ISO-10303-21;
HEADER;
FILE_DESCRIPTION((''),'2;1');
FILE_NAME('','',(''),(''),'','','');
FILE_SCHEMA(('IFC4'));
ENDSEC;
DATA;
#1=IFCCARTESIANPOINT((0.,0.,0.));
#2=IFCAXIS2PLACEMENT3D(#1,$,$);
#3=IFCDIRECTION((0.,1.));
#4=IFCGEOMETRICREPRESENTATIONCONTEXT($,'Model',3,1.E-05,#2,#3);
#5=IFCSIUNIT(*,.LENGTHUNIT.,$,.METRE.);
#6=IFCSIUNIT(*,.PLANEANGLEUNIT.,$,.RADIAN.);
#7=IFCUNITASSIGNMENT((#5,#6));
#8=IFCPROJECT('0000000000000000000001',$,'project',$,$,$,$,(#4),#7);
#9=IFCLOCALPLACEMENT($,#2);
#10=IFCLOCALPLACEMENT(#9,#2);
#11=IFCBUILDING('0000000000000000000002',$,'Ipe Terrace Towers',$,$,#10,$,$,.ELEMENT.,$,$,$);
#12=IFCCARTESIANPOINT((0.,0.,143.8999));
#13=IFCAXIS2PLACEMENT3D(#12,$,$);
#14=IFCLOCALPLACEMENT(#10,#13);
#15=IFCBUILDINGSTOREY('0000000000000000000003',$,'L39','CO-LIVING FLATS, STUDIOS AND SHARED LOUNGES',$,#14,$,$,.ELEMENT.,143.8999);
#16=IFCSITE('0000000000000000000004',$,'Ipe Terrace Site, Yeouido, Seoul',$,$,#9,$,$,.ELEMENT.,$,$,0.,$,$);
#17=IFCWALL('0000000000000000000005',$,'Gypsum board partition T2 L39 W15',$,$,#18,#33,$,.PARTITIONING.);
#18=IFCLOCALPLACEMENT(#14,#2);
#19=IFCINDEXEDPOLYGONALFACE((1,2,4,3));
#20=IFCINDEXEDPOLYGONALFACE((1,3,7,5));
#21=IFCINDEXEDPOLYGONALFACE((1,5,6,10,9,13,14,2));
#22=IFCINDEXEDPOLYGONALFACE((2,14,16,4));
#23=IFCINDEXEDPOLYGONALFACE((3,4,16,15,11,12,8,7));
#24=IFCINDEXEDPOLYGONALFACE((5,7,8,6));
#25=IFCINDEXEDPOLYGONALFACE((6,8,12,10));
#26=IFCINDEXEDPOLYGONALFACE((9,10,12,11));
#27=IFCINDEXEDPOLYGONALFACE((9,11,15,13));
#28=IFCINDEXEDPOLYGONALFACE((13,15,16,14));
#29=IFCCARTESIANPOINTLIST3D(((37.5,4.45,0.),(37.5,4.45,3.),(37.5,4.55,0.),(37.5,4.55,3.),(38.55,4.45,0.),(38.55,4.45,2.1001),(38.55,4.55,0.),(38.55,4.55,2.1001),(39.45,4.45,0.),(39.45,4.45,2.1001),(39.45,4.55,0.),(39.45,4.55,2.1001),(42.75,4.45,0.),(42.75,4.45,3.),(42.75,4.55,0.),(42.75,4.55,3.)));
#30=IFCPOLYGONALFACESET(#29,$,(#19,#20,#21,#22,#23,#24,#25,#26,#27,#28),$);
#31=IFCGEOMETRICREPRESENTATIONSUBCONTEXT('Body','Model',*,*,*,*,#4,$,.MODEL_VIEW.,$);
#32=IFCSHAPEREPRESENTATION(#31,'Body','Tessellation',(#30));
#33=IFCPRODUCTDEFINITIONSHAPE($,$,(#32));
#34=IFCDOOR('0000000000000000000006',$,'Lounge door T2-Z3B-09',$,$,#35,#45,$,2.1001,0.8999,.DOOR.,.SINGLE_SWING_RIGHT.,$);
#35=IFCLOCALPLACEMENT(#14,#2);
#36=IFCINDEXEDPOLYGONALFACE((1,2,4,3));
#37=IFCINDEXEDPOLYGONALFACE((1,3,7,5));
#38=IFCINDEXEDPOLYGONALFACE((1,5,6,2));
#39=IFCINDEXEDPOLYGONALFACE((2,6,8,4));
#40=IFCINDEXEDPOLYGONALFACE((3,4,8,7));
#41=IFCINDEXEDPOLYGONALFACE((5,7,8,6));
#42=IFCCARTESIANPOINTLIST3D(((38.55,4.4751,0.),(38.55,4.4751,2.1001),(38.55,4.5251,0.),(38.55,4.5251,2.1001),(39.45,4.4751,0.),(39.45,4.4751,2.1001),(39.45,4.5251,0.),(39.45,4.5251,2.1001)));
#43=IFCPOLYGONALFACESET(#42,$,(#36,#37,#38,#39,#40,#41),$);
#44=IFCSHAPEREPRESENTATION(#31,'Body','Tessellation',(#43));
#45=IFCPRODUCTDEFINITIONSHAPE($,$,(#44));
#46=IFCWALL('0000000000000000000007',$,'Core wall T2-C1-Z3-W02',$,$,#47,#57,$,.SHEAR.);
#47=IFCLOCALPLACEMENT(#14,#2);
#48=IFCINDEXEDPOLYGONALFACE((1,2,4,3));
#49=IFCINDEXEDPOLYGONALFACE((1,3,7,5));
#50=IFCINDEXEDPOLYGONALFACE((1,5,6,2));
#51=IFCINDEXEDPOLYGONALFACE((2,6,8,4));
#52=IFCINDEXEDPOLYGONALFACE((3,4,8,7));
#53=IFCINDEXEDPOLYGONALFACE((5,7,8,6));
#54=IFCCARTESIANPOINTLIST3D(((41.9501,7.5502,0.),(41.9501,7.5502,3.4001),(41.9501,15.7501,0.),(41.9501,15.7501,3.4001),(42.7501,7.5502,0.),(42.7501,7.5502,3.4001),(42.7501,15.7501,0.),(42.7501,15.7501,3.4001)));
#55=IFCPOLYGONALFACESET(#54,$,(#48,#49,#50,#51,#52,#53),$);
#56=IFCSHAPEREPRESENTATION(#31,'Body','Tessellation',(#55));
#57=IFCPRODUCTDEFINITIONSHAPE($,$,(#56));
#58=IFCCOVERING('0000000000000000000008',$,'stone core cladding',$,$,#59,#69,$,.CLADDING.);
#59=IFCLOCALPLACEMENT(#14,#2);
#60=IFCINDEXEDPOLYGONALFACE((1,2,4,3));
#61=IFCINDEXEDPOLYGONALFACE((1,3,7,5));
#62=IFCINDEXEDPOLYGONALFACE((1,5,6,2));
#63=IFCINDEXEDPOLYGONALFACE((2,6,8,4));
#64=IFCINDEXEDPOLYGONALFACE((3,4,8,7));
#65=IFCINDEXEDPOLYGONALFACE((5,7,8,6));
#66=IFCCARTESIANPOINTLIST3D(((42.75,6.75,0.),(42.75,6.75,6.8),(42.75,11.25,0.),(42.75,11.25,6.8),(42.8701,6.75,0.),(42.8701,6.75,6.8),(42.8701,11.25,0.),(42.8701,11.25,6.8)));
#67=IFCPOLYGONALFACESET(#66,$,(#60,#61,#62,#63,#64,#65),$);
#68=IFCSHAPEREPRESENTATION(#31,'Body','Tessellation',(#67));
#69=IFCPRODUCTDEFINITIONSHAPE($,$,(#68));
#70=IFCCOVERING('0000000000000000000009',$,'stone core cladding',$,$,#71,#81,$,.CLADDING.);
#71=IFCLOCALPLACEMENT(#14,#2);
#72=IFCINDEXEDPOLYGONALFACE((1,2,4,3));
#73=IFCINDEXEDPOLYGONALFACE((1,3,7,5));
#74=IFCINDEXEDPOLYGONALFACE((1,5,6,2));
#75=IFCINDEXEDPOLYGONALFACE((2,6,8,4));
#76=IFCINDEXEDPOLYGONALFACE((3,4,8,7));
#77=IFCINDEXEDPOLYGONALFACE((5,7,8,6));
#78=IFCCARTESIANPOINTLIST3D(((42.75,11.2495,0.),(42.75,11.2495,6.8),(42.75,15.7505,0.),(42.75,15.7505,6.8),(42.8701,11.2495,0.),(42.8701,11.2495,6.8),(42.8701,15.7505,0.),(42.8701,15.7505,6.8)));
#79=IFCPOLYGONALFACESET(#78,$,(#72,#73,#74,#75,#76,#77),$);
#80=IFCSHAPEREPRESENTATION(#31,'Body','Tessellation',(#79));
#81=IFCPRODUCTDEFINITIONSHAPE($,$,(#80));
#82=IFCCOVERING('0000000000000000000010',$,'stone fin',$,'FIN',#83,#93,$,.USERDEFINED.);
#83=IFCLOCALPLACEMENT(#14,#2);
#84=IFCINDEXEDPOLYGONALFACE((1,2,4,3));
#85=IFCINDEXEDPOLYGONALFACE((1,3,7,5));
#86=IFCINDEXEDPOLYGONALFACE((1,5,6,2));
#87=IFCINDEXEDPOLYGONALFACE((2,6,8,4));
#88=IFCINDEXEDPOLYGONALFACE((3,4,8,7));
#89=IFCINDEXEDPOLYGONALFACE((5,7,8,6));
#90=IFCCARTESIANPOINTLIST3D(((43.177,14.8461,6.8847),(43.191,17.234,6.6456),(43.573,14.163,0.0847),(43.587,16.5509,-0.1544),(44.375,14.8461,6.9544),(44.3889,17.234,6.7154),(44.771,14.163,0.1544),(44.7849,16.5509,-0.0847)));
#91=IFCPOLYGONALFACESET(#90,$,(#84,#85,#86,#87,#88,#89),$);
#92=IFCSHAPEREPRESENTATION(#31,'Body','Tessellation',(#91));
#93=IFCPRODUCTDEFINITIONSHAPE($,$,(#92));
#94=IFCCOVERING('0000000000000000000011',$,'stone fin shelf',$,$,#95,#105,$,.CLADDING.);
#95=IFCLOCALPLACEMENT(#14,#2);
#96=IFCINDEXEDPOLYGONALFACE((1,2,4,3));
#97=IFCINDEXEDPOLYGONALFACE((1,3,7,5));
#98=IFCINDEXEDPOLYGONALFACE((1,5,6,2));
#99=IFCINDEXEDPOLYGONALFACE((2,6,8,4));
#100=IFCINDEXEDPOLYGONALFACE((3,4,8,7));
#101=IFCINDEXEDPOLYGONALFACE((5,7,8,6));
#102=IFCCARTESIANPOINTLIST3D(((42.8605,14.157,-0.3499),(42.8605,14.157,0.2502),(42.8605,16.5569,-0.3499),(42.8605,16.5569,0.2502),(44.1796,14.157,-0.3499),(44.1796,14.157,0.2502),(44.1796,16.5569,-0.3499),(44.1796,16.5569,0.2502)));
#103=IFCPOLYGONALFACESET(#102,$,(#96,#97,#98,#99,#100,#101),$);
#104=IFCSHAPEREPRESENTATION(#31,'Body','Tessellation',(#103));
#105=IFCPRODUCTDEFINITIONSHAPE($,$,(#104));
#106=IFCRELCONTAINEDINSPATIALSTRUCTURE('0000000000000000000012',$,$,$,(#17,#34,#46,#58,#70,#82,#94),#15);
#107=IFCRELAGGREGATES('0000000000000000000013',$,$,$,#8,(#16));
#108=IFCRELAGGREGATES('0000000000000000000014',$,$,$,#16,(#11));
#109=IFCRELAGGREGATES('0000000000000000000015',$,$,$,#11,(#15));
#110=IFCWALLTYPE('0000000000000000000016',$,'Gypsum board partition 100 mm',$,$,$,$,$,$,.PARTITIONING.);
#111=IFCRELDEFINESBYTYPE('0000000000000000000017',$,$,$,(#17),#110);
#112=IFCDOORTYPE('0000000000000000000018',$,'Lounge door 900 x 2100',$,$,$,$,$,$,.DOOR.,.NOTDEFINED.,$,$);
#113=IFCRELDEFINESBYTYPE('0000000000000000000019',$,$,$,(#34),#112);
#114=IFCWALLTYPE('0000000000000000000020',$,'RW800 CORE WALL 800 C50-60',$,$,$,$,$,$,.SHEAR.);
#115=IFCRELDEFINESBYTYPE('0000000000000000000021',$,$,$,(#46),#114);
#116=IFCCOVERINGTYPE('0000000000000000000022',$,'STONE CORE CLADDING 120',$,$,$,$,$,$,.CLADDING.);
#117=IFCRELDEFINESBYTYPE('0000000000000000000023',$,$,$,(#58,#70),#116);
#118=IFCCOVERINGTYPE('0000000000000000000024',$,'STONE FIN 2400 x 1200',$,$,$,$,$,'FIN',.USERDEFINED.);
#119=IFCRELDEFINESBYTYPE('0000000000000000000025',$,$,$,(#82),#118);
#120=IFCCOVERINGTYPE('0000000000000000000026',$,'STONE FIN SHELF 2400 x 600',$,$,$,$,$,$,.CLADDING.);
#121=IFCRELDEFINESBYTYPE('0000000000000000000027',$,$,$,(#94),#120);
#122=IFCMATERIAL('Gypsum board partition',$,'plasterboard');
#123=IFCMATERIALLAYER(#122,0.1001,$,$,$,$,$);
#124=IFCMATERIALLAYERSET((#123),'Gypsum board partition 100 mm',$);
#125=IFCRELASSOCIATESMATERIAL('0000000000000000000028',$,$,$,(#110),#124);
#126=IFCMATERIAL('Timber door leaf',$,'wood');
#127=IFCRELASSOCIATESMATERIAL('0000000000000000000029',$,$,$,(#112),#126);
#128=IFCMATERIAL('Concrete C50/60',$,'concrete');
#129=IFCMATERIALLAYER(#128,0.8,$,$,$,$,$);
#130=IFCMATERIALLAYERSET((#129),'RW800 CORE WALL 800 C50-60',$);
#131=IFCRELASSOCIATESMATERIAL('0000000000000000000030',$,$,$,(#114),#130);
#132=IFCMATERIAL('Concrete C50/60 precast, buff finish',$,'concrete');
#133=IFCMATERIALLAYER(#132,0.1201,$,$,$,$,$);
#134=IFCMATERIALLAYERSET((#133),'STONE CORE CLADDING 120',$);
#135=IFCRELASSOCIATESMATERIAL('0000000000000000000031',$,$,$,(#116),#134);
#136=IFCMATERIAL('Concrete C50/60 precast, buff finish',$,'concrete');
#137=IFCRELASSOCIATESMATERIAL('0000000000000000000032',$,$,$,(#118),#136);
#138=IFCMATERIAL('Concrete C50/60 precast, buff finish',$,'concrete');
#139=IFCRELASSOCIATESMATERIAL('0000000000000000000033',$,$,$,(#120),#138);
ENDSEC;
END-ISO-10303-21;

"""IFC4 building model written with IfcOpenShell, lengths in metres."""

from ifc_helpers import new_model, si_unit, direction, frame, frame_2d, origin, origin_2d, place, context, subcontext, project, spatial, rectangle, extrude, material, layer, layer_set, material_profile, profile_set, type_object, element, fill, save


model = new_model("IFC4")

# Units and contexts
model_context = context("Model", 3, precision=1e-05, world=origin(), true_north=direction((0.0, 1.0)))
body_context = subcontext(model_context, "Body", "Model", "MODEL_VIEW")
ifc_project = project(units=[si_unit("LENGTHUNIT", "METRE"), si_unit("PLANEANGLEUNIT", "RADIAN")], contexts=[model_context])

# Site, building, storey
site_placement = place(None, origin())
site = spatial("IfcSite", under=ifc_project, at=site_placement, Name="Ipe Terrace Site, Yeouido, Seoul", CompositionType="ELEMENT", RefElevation=0.0)
building_placement = place(site_placement, origin())
building = spatial("IfcBuilding", under=site, at=building_placement, Name="Ipe Terrace Towers", CompositionType="ELEMENT")
storey_placement = place(building_placement, frame((0.0, 0.0, 143.8999)))
storey = spatial("IfcBuildingStorey", under=building, at=storey_placement, Name="L39", Description="CO-LIVING FLATS, STUDIOS AND SHARED LOUNGES", CompositionType="ELEMENT", Elevation=143.8999)

# Wall, opening, door
ifc_material_1 = material(Name="Gypsum board partition", Category="plasterboard")
ifc_layer_1 = layer(ifc_material_1, 0.1001)
ifc_layer_set_1 = layer_set([ifc_layer_1], Name="Gypsum board partition 100 mm")
wall_type_1 = type_object("IfcWallType", Name="Gypsum board partition 100 mm", PredefinedType="PARTITIONING", material=ifc_layer_set_1)
wall_1_placement = place(storey_placement, frame((42.75, 4.5, 0.0), z_axis=(0.0, 0.0, 1.0), x_axis=(-1.0, 0.0, 0.0)))
wall_1 = element("IfcWall", 1, at=wall_1_placement, inside=storey, type_object=wall_type_1, Name="Gypsum board partition T2 L39 W15", PredefinedType="PARTITIONING", context=body_context, shape_type="SweptSolid", body=[
    extrude(rectangle(XDim=5.25, YDim=0.1001, at=frame_2d((2.625, 0.0))), origin(), (0.0, 0.0, 1.0), 3.0),
])
opening_placement = place(wall_1_placement, frame((3.3, 0.0, 0.0)))
opening = element("IfcOpeningElement", 2, at=opening_placement, cuts=wall_1, PredefinedType="OPENING", context=body_context, shape_type="SweptSolid", body=[
    extrude(rectangle(XDim=0.8999, YDim=2.1001, at=frame_2d((0.45, 1.05))), frame((0.0, 0.0601, 0.0), z_axis=(0.0, -1.0, 0.0), x_axis=(1.0, 0.0, 0.0)), (0.0, 0.0, 1.0), 0.1201),
])
ifc_material_2 = material(Name="Timber door leaf", Category="wood")
door_type = type_object("IfcDoorType", Name="Lounge door 900 x 2100", OperationType="NOTDEFINED", PredefinedType="DOOR", material=ifc_material_2)
door_placement = place(opening_placement, origin())
door = element("IfcDoor", 3, at=door_placement, inside=storey, type_object=door_type, Name="Lounge door T2-Z3B-09", OperationType="SINGLE_SWING_RIGHT", OverallHeight=2.1001, OverallWidth=0.8999, PredefinedType="DOOR", context=body_context, shape_type="SweptSolid", body=[
    extrude(rectangle(XDim=0.8999, YDim=2.1001, at=frame_2d((0.45, 1.05))), frame((0.0, 0.0249, 0.0), z_axis=(0.0, -1.0, 0.0), x_axis=(1.0, 0.0, 0.0)), (0.0, 0.0, 1.0), 0.05),
])
fill(opening, door)

# Wall
ifc_material_3 = material(Name="Concrete C50/60", Category="concrete")
ifc_layer_2 = layer(ifc_material_3, 0.8)
ifc_layer_set_2 = layer_set([ifc_layer_2], Name="RW800 CORE WALL 800 C50-60")
wall_type_2 = type_object("IfcWallType", Name="RW800 CORE WALL 800 C50-60", PredefinedType="SHEAR", material=ifc_layer_set_2)
wall_2_placement = place(storey_placement, frame((42.3501, 7.55, 0.0), z_axis=(0.0, 0.0, 1.0), x_axis=(0.0, 1.0, 0.0)))
element("IfcWall", 4, at=wall_2_placement, inside=storey, type_object=wall_type_2, Name="Core wall T2-C1-Z3-W02", PredefinedType="SHEAR", context=body_context, shape_type="SweptSolid", body=[
    extrude(rectangle(XDim=8.2, YDim=0.8, at=frame_2d((4.1001, 0.0))), origin(), (0.0, 0.0, 1.0), 3.4001),
])

# Coverings
ifc_material_4 = material(Name="Concrete C50/60 precast, buff finish", Category="concrete")
ifc_layer_3 = layer(ifc_material_4, 0.1201)
ifc_layer_set_3 = layer_set([ifc_layer_3], Name="STONE CORE CLADDING 120")
covering_type_1 = type_object("IfcCoveringType", Name="STONE CORE CLADDING 120", PredefinedType="CLADDING", material=ifc_layer_set_3)
covering_1_placement = place(storey_placement, frame((42.8101, 9.0, 0.0), z_axis=(0.0, 0.0, 1.0), x_axis=(0.0, 1.0, 0.0)))
element("IfcCovering", 5, at=covering_1_placement, inside=storey, type_object=covering_type_1, Name="stone core cladding", PredefinedType="CLADDING", context=body_context, shape_type="SweptSolid", body=[
    extrude(rectangle(XDim=4.5, YDim=0.1201, at=origin_2d()), origin(), (0.0, 0.0, 1.0), 6.8),
])
covering_2_placement = place(storey_placement, frame((42.8101, 13.5, 0.0), z_axis=(0.0, 0.0, 1.0), x_axis=(0.0, 1.0, 0.0)))
element("IfcCovering", 6, at=covering_2_placement, inside=storey, type_object=covering_type_1, Name="stone core cladding", PredefinedType="CLADDING", context=body_context, shape_type="SweptSolid", body=[
    extrude(rectangle(XDim=4.501, YDim=0.1201, at=origin_2d()), origin(), (0.0, 0.0, 1.0), 6.8),
])
ifc_material_5 = material(Name="Concrete C50/60 precast, buff finish", Category="concrete")
ifc_material_profile_1 = material_profile(ifc_material_5, rectangle(XDim=2.3999, YDim=1.2, at=origin_2d()), Name="STONE FIN 2400 x 1200")
ifc_profile_set_1 = profile_set([ifc_material_profile_1], Name="Concrete C50/60 precast, buff finish")
covering_type_2 = type_object("IfcCoveringType", Name="STONE FIN 2400 x 1200", ElementType="FIN", PredefinedType="USERDEFINED", material=ifc_profile_set_1)
covering_3_placement = place(storey_placement, frame((44.179, 15.3569, 0.0), z_axis=(-0.057846, 0.099786, 0.993326), x_axis=(0.005801, 0.995009, -0.099617)))
element("IfcCovering", 7, at=covering_3_placement, inside=storey, type_object=covering_type_2, Name="stone fin", ObjectType="FIN", PredefinedType="USERDEFINED", context=body_context, shape_type="SweptSolid", body=[
    extrude(rectangle(XDim=2.3999, YDim=1.2, at=origin_2d()), origin(), (0.0, 0.0, 1.0), 6.8457),
])
ifc_material_6 = material(Name="Concrete C50/60 precast, buff finish", Category="concrete")
covering_type_3 = type_object("IfcCoveringType", Name="STONE FIN SHELF 2400 x 600", PredefinedType="CLADDING", material=ifc_material_6)
covering_4_placement = place(storey_placement, frame((43.52, 15.3569, -0.3499), z_axis=(0.0, 0.0, 1.0), x_axis=(0.0, 1.0, 0.0)))
element("IfcCovering", 8, at=covering_4_placement, inside=storey, type_object=covering_type_3, Name="stone fin shelf", PredefinedType="CLADDING", context=body_context, shape_type="SweptSolid", body=[
    extrude(rectangle(XDim=2.3999, YDim=1.3191, at=origin_2d()), origin(), (0.0, 0.0, 1.0), 0.6001),
])

save(model, "model.ifc")
